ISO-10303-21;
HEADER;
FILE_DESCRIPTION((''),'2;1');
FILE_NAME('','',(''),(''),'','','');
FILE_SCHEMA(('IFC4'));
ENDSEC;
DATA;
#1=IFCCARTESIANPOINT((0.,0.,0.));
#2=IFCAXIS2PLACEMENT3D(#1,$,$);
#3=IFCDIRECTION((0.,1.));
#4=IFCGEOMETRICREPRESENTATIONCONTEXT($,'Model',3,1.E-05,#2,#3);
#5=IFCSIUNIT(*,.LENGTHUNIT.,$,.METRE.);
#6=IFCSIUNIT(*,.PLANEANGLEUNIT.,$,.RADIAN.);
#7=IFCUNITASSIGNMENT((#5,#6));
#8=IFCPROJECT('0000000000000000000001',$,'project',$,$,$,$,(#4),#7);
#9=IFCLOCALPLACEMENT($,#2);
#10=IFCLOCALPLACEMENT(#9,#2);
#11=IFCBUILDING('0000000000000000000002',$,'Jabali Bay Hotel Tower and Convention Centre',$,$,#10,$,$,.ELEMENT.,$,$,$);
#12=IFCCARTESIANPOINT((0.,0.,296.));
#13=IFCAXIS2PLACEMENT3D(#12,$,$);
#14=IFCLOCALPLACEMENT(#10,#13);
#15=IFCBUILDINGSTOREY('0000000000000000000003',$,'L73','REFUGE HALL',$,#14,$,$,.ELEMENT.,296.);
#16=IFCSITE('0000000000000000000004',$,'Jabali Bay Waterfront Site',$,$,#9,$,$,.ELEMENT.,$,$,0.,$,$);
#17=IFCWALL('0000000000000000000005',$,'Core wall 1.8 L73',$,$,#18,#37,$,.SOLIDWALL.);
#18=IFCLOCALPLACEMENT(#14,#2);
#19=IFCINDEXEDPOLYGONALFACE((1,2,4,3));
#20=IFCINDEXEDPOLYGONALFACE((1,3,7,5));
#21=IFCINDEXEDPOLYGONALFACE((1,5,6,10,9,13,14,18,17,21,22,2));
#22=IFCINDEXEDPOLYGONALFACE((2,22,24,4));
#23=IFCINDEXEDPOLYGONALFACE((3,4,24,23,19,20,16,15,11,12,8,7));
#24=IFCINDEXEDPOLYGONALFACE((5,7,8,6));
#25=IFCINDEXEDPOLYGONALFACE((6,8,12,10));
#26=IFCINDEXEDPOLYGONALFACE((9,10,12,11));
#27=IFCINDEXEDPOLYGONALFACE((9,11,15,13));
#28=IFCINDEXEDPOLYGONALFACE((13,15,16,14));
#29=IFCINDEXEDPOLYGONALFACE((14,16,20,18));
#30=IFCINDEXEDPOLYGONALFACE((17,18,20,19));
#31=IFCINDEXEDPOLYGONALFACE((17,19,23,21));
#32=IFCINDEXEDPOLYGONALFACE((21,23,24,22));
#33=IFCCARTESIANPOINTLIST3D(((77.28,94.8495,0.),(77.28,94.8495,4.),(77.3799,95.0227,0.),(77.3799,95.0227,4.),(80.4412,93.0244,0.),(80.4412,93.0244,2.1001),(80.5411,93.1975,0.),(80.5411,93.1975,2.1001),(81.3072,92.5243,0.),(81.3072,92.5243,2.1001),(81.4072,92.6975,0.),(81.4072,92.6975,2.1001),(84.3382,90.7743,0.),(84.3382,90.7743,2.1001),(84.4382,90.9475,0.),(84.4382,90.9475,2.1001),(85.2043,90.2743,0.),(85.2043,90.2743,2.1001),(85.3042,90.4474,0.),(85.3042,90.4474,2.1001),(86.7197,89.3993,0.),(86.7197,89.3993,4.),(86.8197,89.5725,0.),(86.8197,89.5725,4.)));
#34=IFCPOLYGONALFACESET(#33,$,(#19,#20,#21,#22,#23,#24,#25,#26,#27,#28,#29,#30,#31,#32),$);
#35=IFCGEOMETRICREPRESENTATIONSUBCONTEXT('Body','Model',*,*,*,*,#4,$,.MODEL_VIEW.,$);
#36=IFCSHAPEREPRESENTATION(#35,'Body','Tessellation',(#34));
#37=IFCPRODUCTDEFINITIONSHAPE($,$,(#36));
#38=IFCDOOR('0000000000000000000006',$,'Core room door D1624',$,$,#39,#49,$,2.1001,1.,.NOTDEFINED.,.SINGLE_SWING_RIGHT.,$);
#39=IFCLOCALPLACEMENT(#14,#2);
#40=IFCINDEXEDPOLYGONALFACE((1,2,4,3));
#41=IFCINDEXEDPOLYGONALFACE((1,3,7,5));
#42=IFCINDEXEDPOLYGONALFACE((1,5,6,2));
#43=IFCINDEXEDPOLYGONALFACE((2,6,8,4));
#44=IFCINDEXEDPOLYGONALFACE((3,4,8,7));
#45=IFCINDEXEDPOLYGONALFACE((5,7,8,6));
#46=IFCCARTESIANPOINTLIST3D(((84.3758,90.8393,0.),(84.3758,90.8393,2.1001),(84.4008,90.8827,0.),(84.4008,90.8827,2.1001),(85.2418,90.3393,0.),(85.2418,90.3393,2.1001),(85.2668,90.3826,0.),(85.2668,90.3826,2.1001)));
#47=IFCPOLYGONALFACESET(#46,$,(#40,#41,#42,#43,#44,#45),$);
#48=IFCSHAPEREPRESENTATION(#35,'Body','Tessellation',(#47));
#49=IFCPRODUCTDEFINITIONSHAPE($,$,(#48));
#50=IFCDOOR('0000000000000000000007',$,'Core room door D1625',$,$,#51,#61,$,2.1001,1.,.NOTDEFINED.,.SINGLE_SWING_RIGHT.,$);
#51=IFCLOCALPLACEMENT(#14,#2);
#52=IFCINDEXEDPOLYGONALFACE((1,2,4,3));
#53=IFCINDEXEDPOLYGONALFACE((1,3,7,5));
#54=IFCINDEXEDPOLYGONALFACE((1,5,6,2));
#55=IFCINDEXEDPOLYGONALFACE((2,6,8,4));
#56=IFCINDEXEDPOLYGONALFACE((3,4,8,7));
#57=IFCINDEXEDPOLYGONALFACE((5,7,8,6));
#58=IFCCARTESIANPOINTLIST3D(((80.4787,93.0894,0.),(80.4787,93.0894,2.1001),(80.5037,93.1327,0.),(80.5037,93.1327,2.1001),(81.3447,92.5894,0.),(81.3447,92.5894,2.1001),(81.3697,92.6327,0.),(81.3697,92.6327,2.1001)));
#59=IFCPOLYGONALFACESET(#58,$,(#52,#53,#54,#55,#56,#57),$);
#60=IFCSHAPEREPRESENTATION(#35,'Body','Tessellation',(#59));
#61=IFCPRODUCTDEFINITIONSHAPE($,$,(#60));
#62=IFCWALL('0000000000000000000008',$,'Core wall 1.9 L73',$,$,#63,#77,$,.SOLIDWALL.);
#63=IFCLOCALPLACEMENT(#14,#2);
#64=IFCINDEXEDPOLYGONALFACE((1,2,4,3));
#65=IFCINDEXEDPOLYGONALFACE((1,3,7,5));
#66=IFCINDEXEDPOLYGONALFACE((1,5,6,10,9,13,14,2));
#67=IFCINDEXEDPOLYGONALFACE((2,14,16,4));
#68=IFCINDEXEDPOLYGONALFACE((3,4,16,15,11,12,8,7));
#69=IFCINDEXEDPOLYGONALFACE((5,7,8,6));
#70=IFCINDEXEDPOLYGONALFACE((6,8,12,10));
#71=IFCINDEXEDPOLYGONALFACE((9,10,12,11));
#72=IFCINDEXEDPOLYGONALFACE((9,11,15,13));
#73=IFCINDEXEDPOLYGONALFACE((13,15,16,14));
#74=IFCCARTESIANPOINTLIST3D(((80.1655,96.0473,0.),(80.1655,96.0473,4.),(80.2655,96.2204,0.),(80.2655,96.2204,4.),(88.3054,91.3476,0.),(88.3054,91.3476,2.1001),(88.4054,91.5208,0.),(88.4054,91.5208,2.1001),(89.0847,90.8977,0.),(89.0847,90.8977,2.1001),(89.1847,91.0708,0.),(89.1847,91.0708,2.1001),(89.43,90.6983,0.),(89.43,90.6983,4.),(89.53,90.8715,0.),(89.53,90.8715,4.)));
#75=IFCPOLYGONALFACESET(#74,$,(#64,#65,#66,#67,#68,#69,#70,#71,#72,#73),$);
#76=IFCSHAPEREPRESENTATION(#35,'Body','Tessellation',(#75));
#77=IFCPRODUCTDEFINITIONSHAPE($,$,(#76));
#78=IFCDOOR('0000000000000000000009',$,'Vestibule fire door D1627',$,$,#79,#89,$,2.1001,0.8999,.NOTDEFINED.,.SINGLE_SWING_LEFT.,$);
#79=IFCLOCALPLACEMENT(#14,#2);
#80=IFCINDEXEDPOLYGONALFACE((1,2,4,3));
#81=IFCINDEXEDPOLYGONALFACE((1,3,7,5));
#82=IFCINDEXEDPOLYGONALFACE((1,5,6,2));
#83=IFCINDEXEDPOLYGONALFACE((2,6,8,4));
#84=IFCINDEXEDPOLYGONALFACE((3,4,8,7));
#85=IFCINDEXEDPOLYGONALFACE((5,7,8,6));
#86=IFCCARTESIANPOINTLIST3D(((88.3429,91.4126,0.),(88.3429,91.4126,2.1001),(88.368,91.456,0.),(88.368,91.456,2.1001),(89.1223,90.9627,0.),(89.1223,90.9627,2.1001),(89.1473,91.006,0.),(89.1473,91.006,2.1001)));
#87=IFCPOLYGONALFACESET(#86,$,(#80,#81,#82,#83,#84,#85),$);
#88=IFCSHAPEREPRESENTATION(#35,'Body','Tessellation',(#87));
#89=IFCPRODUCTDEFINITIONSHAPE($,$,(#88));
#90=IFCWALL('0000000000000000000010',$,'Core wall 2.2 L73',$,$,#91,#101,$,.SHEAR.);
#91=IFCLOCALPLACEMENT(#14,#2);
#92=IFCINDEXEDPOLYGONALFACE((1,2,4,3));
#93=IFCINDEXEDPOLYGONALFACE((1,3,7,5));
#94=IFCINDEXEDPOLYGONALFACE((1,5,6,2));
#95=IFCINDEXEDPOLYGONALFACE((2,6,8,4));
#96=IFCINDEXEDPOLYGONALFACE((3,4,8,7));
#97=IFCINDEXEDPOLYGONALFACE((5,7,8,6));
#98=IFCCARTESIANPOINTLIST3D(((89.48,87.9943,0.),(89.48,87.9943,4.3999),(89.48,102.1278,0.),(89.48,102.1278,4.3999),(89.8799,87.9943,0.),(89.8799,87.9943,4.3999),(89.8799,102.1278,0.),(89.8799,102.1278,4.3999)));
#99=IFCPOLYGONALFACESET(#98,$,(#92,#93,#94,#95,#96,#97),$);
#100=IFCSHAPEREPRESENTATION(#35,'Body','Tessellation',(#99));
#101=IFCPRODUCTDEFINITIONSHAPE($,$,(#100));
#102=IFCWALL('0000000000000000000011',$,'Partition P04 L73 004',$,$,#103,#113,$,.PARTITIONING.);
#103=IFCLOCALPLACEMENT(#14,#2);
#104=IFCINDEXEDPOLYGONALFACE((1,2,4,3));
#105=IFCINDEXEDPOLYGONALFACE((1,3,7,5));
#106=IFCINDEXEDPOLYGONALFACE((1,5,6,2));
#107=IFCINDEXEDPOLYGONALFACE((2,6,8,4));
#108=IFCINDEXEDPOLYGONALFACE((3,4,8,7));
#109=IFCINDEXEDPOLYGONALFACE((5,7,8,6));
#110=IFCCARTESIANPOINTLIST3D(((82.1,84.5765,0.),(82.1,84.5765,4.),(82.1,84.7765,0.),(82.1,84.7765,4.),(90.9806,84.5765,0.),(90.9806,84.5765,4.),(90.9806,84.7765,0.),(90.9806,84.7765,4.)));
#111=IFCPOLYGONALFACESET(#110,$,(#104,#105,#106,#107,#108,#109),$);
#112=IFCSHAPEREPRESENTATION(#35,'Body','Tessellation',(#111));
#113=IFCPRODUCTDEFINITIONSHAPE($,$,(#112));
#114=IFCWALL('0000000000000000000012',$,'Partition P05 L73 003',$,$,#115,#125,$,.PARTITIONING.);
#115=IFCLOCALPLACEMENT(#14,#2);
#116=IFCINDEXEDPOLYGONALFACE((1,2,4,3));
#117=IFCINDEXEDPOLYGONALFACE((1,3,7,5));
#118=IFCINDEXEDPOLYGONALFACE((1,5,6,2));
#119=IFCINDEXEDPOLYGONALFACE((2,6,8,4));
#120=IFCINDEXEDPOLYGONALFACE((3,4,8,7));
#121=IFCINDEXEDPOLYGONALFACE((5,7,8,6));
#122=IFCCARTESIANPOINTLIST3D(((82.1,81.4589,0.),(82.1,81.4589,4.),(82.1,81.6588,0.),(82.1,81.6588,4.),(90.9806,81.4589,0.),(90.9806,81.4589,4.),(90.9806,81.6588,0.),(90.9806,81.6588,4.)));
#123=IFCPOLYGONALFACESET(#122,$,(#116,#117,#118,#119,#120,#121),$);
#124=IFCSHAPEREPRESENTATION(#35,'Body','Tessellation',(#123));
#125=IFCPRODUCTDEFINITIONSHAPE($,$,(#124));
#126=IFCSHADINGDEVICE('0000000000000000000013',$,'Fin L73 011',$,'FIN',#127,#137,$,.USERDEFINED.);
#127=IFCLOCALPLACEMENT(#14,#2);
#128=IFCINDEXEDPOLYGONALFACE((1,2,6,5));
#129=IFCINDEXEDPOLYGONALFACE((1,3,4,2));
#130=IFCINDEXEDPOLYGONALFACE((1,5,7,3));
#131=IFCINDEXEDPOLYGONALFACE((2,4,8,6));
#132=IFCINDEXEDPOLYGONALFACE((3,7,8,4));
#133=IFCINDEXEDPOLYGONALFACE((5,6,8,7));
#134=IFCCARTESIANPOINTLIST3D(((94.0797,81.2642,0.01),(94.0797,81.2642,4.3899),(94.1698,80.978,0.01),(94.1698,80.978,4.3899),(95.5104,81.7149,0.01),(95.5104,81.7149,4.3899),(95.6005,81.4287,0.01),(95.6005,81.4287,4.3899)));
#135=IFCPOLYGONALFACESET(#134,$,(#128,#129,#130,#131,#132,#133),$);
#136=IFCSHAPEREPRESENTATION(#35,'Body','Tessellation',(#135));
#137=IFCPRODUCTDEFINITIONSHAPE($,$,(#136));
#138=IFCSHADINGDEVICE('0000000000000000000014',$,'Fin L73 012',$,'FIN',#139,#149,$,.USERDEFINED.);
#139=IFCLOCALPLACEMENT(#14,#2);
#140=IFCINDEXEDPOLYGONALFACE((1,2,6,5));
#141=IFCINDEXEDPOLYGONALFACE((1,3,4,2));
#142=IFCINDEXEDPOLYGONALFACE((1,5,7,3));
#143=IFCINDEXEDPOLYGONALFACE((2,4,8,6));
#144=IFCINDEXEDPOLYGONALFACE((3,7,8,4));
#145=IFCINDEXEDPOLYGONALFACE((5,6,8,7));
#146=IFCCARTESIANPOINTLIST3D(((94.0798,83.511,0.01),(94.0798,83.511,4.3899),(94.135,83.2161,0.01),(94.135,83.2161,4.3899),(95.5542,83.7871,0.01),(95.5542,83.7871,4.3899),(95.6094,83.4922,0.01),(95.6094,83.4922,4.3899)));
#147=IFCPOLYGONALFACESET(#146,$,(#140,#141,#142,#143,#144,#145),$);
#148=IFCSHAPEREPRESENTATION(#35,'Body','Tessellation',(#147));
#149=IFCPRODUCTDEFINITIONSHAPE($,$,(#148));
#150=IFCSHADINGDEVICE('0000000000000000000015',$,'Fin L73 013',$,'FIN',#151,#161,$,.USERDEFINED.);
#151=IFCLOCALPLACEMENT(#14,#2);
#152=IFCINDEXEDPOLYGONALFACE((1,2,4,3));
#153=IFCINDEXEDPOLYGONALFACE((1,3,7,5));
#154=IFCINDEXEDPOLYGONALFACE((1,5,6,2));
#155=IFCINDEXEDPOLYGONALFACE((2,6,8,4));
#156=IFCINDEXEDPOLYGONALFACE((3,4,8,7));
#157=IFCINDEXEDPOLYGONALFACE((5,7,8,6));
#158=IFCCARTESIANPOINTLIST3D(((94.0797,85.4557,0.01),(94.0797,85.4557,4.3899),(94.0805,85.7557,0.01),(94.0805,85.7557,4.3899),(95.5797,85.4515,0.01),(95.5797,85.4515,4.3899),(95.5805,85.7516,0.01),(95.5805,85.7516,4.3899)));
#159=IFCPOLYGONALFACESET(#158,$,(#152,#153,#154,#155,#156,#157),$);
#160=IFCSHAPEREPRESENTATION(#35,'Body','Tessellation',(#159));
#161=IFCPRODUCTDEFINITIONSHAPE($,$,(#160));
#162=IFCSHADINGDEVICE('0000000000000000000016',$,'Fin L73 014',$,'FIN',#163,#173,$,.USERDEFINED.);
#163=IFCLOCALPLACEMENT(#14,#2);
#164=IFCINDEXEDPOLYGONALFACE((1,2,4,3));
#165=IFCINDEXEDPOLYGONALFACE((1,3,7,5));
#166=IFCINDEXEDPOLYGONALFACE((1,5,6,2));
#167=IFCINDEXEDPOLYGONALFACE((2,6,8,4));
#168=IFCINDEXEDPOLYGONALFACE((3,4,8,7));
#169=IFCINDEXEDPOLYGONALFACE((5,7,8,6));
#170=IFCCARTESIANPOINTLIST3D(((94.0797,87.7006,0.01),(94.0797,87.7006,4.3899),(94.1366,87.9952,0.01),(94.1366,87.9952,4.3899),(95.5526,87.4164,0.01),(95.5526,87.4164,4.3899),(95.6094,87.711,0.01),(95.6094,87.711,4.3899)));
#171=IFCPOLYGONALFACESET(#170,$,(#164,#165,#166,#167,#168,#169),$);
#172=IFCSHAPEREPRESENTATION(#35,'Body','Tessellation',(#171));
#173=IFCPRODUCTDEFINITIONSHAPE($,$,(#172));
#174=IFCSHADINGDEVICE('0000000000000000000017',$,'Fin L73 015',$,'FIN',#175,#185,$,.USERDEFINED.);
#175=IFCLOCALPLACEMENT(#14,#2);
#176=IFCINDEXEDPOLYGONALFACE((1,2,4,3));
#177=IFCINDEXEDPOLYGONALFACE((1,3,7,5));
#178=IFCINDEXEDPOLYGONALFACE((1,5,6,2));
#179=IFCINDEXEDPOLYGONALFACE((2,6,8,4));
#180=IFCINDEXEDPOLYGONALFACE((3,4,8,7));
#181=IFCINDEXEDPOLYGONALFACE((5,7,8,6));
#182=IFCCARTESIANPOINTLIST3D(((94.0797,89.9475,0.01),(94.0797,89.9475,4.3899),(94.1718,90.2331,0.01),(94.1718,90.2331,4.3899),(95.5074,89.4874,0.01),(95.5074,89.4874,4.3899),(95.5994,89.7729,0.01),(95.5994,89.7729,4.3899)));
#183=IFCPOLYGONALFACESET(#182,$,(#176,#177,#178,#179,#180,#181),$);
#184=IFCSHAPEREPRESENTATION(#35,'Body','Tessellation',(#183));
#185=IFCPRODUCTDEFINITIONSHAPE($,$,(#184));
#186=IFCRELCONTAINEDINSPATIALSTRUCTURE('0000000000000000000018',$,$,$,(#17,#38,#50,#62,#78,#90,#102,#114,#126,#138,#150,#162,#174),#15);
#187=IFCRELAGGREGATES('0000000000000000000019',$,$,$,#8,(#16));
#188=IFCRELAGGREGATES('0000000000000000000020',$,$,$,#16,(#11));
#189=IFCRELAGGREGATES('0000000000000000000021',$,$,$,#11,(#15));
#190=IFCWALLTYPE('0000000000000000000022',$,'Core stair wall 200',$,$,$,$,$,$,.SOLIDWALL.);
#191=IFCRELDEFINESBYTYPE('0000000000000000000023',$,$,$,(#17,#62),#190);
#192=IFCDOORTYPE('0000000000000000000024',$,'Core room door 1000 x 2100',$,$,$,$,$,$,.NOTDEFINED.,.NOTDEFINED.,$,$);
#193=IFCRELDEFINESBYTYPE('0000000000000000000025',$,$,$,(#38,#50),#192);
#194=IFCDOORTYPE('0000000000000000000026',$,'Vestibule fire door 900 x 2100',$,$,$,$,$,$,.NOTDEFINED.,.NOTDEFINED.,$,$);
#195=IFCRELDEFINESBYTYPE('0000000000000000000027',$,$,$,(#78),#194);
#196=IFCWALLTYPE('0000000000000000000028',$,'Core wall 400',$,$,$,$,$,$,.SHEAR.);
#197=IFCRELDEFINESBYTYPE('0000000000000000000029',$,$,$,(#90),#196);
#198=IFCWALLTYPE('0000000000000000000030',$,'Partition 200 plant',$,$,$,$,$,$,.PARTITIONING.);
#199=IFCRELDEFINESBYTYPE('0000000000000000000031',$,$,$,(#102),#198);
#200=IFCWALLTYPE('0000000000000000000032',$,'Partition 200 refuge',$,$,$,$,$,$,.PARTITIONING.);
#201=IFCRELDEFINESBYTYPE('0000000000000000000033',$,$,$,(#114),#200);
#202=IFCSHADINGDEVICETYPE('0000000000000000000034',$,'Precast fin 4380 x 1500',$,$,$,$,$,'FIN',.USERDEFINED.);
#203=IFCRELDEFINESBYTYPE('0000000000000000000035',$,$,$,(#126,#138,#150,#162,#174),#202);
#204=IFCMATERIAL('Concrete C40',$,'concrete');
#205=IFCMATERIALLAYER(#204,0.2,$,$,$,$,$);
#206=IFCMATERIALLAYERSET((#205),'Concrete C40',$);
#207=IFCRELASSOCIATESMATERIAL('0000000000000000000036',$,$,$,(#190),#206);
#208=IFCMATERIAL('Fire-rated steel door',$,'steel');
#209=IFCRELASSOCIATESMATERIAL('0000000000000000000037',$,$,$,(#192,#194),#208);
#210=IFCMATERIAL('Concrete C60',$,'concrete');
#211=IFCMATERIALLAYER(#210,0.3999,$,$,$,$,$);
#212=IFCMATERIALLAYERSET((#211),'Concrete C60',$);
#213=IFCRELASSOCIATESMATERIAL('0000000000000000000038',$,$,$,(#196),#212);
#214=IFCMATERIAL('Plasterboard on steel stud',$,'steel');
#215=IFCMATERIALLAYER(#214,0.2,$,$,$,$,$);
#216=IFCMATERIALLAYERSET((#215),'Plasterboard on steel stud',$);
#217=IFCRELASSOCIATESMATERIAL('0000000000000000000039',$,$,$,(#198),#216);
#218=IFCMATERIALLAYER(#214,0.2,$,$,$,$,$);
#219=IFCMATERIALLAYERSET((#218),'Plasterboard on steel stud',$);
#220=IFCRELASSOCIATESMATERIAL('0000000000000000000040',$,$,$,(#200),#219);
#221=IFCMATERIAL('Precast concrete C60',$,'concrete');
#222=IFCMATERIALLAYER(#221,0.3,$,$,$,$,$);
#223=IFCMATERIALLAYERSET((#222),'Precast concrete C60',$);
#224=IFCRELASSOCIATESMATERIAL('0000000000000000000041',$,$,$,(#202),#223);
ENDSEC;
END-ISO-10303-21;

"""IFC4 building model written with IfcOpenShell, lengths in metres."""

from ifc_helpers import new_model, si_unit, direction, frame, frame_2d, origin, place, context, subcontext, project, spatial, rectangle, extrude, material, layer, layer_set, type_object, element, fill, save


model = new_model("IFC4")

# Units and contexts
model_context = context("Model", 3, precision=1e-05, world=origin(), true_north=direction((0.0, 1.0)))
body_context = subcontext(model_context, "Body", "Model", "MODEL_VIEW")
ifc_project = project(units=[si_unit("LENGTHUNIT", "METRE"), si_unit("PLANEANGLEUNIT", "RADIAN")], contexts=[model_context])

# Site, building, storey
site_placement = place(None, origin())
site = spatial("IfcSite", under=ifc_project, at=site_placement, Name="Jabali Bay Waterfront Site", CompositionType="ELEMENT", RefElevation=0.0)
building_placement = place(site_placement, origin())
building = spatial("IfcBuilding", under=site, at=building_placement, Name="Jabali Bay Hotel Tower and Convention Centre", CompositionType="ELEMENT")
storey_placement = place(building_placement, frame((0.0, 0.0, 296.0)))
storey = spatial("IfcBuildingStorey", under=building, at=storey_placement, Name="L73", Description="REFUGE HALL", CompositionType="ELEMENT", Elevation=296.0)

# Shared definitions
ifc_material_1 = material(Name="Concrete C60", Category="concrete")

# Shared definitions
ifc_material_2 = material(Name="Concrete C40", Category="concrete")
ifc_layer_1 = layer(ifc_material_2, 0.2)
ifc_layer_set_1 = layer_set([ifc_layer_1], Name="Concrete C40")
wall_type_1 = type_object("IfcWallType", Name="Core stair wall 200", PredefinedType="SOLIDWALL", material=ifc_layer_set_1)

# Wall, openings, doors
wall_1_placement = place(storey_placement, frame((86.7698, 89.4858, 0.0), z_axis=(0.0, 0.0, 1.0), x_axis=(-0.866018, 0.500013, 0.0)))
wall_1 = element("IfcWall", 1, at=wall_1_placement, inside=storey, type_object=wall_type_1, Name="Core wall 1.8 L73", PredefinedType="SOLIDWALL", context=body_context, shape_type="SweptSolid", body=[
    extrude(rectangle(XDim=10.9001, YDim=0.2, at=frame_2d((5.4502, 0.0))), origin(), (0.0, 0.0, 1.0), 4.0),
])
opening_1_placement = place(wall_1_placement, frame((1.75, 0.0, 0.0)))
opening_1 = element("IfcOpeningElement", 2, at=opening_1_placement, cuts=wall_1, PredefinedType="OPENING", context=body_context, shape_type="SweptSolid", body=[
    extrude(rectangle(XDim=1.0, YDim=2.1001, at=frame_2d((0.5, 1.05))), frame((0.0, 0.1104, 0.0), z_axis=(0.0, -1.0, 0.0), x_axis=(1.0, 0.0, 0.0)), (0.0, 0.0, 1.0), 0.2209),
])
opening_2_placement = place(wall_1_placement, frame((6.25, 0.0, 0.0)))
opening_2 = element("IfcOpeningElement", 3, at=opening_2_placement, cuts=wall_1, PredefinedType="OPENING", context=body_context, shape_type="SweptSolid", body=[
    extrude(rectangle(XDim=1.0, YDim=2.1001, at=frame_2d((0.5, 1.05))), frame((0.0, 0.1104, 0.0), z_axis=(0.0, -1.0, 0.0), x_axis=(1.0, 0.0, 0.0)), (0.0, 0.0, 1.0), 0.2209),
])
ifc_material_3 = material(Name="Fire-rated steel door", Category="steel")
door_type_1 = type_object("IfcDoorType", Name="Core room door 1000 x 2100", OperationType="NOTDEFINED", PredefinedType="NOTDEFINED", material=ifc_material_3)
door_1_placement = place(opening_1_placement, origin())
door_1 = element("IfcDoor", 4, at=door_1_placement, inside=storey, type_object=door_type_1, Name="Core room door D1624", OperationType="SINGLE_SWING_RIGHT", OverallHeight=2.1001, OverallWidth=1.0, PredefinedType="NOTDEFINED", context=body_context, shape_type="SweptSolid", body=[
    extrude(rectangle(XDim=1.0, YDim=2.1001, at=frame_2d((0.5, 1.05))), frame((0.0, 0.0249, 0.0), z_axis=(0.0, -1.0, 0.0), x_axis=(1.0, 0.0, 0.0)), (0.0, 0.0, 1.0), 0.05),
])
fill(opening_1, door_1)
door_2_placement = place(opening_2_placement, origin())
door_2 = element("IfcDoor", 5, at=door_2_placement, inside=storey, type_object=door_type_1, Name="Core room door D1625", OperationType="SINGLE_SWING_RIGHT", OverallHeight=2.1001, OverallWidth=1.0, PredefinedType="NOTDEFINED", context=body_context, shape_type="SweptSolid", body=[
    extrude(rectangle(XDim=1.0, YDim=2.1001, at=frame_2d((0.5, 1.05))), frame((0.0, 0.0249, 0.0), z_axis=(0.0, -1.0, 0.0), x_axis=(1.0, 0.0, 0.0)), (0.0, 0.0, 1.0), 0.05),
])
fill(opening_2, door_2)

# Wall, opening, door
wall_2_placement = place(storey_placement, frame((89.48, 90.7849, 0.0), z_axis=(0.0, 0.0, 1.0), x_axis=(-0.866023, 0.500005, 0.0)))
wall_2 = element("IfcWall", 6, at=wall_2_placement, inside=storey, type_object=wall_type_1, Name="Core wall 1.9 L73", PredefinedType="SOLIDWALL", context=body_context, shape_type="SweptSolid", body=[
    extrude(rectangle(XDim=10.6978, YDim=0.2, at=frame_2d((5.3489, 0.0))), origin(), (0.0, 0.0, 1.0), 4.0),
])
opening_3_placement = place(wall_2_placement, frame((0.3987, 0.0, 0.0)))
opening_3 = element("IfcOpeningElement", 7, at=opening_3_placement, cuts=wall_2, PredefinedType="OPENING", context=body_context, shape_type="SweptSolid", body=[
    extrude(rectangle(XDim=0.8999, YDim=2.1001, at=frame_2d((0.45, 1.05))), frame((0.0, 0.1104, 0.0), z_axis=(0.0, -1.0, 0.0), x_axis=(1.0, 0.0, 0.0)), (0.0, 0.0, 1.0), 0.2209),
])
door_type_2 = type_object("IfcDoorType", Name="Vestibule fire door 900 x 2100", OperationType="NOTDEFINED", PredefinedType="NOTDEFINED", material=ifc_material_3)
door_3_placement = place(opening_3_placement, origin())
door_3 = element("IfcDoor", 8, at=door_3_placement, inside=storey, type_object=door_type_2, Name="Vestibule fire door D1627", OperationType="SINGLE_SWING_LEFT", OverallHeight=2.1001, OverallWidth=0.8999, PredefinedType="NOTDEFINED", context=body_context, shape_type="SweptSolid", body=[
    extrude(rectangle(XDim=0.8999, YDim=2.1001, at=frame_2d((0.45, 1.05))), frame((0.0, 0.0249, 0.0), z_axis=(0.0, -1.0, 0.0), x_axis=(1.0, 0.0, 0.0)), (0.0, 0.0, 1.0), 0.05),
])
fill(opening_3, door_3)

# Walls
ifc_layer_2 = layer(ifc_material_1, 0.3999)
ifc_layer_set_2 = layer_set([ifc_layer_2], Name="Concrete C60")
wall_type_2 = type_object("IfcWallType", Name="Core wall 400", PredefinedType="SHEAR", material=ifc_layer_set_2)
wall_3_placement = place(storey_placement, frame((89.6799, 87.9941, 0.0), z_axis=(0.0, 0.0, 1.0), x_axis=(0.0, 1.0, 0.0)))
element("IfcWall", 9, at=wall_3_placement, inside=storey, type_object=wall_type_2, Name="Core wall 2.2 L73", PredefinedType="SHEAR", context=body_context, shape_type="SweptSolid", body=[
    extrude(rectangle(XDim=14.1335, YDim=0.3999, at=frame_2d((7.0669, 0.0))), origin(), (0.0, 0.0, 1.0), 4.3999),
])
ifc_material_4 = material(Name="Plasterboard on steel stud", Category="steel")
ifc_layer_3 = layer(ifc_material_4, 0.2)
ifc_layer_set_3 = layer_set([ifc_layer_3], Name="Plasterboard on steel stud")
wall_type_3 = type_object("IfcWallType", Name="Partition 200 plant", PredefinedType="PARTITIONING", material=ifc_layer_set_3)
wall_4_placement = place(storey_placement, frame((90.9807, 84.6765, 0.0), z_axis=(0.0, 0.0, 1.0), x_axis=(-1.0, 0.0, 0.0)))
element("IfcWall", 10, at=wall_4_placement, inside=storey, type_object=wall_type_3, Name="Partition P04 L73 004", PredefinedType="PARTITIONING", context=body_context, shape_type="SweptSolid", body=[
    extrude(rectangle(XDim=8.8806, YDim=0.2, at=frame_2d((4.4404, 0.0))), origin(), (0.0, 0.0, 1.0), 4.0),
])
ifc_layer_4 = layer(ifc_material_4, 0.2)
ifc_layer_set_4 = layer_set([ifc_layer_4], Name="Plasterboard on steel stud")
wall_type_4 = type_object("IfcWallType", Name="Partition 200 refuge", PredefinedType="PARTITIONING", material=ifc_layer_set_4)
wall_5_placement = place(storey_placement, frame((90.9807, 81.5588, 0.0), z_axis=(0.0, 0.0, 1.0), x_axis=(-1.0, 0.0, 0.0)))
element("IfcWall", 11, at=wall_5_placement, inside=storey, type_object=wall_type_4, Name="Partition P05 L73 003", PredefinedType="PARTITIONING", context=body_context, shape_type="SweptSolid", body=[
    extrude(rectangle(XDim=8.8806, YDim=0.2, at=frame_2d((4.4404, 0.0))), origin(), (0.0, 0.0, 1.0), 4.0),
])

# Shading devices
ifc_material_5 = material(Name="Precast concrete C60", Category="concrete")
ifc_layer_5 = layer(ifc_material_5, 0.3)
ifc_layer_set_5 = layer_set([ifc_layer_5], Name="Precast concrete C60")
shading_device_type = type_object("IfcShadingDeviceType", Name="Precast fin 4380 x 1500", ElementType="FIN", PredefinedType="USERDEFINED", material=ifc_layer_set_5)
for number, where, z_axis, x_axis, name in (
    (12, (94.1248, 81.1211, 0.01), (0.0, 0.0, 1.0), (0.953794, 0.300461, 0.0), "Fin L73 011"),
    (13, (94.1074, 83.3635, 0.01), (0.0, 0.0, 1.0), (0.982911, 0.184082, 0.0), "Fin L73 012"),
    (14, (94.0801, 85.6057, 0.01), (0.0, 0.0, 1.0), (0.999996, -0.002767, 0.0), "Fin L73 013"),
    (15, (94.1082, 87.8479, 0.01), (0.0, 0.0, 1.0), (0.981891, -0.189445, 0.0), "Fin L73 014"),
    (16, (94.1257, 90.0903, 0.01), (0.0, 0.0, 1.0), (0.951778, -0.306789, 0.0), "Fin L73 015"),
):
    element("IfcShadingDevice", number, at=place(storey_placement, frame(where, z_axis=z_axis, x_axis=x_axis)), inside=storey, type_object=shading_device_type, Name=name, ObjectType="FIN", PredefinedType="USERDEFINED", context=body_context, shape_type="SweptSolid", body=[
        extrude(rectangle(XDim=1.5, YDim=0.3, at=frame_2d((0.75, 0.0))), origin(), (0.0, 0.0, 1.0), 4.3799),
    ])

save(model, "model.ifc")
